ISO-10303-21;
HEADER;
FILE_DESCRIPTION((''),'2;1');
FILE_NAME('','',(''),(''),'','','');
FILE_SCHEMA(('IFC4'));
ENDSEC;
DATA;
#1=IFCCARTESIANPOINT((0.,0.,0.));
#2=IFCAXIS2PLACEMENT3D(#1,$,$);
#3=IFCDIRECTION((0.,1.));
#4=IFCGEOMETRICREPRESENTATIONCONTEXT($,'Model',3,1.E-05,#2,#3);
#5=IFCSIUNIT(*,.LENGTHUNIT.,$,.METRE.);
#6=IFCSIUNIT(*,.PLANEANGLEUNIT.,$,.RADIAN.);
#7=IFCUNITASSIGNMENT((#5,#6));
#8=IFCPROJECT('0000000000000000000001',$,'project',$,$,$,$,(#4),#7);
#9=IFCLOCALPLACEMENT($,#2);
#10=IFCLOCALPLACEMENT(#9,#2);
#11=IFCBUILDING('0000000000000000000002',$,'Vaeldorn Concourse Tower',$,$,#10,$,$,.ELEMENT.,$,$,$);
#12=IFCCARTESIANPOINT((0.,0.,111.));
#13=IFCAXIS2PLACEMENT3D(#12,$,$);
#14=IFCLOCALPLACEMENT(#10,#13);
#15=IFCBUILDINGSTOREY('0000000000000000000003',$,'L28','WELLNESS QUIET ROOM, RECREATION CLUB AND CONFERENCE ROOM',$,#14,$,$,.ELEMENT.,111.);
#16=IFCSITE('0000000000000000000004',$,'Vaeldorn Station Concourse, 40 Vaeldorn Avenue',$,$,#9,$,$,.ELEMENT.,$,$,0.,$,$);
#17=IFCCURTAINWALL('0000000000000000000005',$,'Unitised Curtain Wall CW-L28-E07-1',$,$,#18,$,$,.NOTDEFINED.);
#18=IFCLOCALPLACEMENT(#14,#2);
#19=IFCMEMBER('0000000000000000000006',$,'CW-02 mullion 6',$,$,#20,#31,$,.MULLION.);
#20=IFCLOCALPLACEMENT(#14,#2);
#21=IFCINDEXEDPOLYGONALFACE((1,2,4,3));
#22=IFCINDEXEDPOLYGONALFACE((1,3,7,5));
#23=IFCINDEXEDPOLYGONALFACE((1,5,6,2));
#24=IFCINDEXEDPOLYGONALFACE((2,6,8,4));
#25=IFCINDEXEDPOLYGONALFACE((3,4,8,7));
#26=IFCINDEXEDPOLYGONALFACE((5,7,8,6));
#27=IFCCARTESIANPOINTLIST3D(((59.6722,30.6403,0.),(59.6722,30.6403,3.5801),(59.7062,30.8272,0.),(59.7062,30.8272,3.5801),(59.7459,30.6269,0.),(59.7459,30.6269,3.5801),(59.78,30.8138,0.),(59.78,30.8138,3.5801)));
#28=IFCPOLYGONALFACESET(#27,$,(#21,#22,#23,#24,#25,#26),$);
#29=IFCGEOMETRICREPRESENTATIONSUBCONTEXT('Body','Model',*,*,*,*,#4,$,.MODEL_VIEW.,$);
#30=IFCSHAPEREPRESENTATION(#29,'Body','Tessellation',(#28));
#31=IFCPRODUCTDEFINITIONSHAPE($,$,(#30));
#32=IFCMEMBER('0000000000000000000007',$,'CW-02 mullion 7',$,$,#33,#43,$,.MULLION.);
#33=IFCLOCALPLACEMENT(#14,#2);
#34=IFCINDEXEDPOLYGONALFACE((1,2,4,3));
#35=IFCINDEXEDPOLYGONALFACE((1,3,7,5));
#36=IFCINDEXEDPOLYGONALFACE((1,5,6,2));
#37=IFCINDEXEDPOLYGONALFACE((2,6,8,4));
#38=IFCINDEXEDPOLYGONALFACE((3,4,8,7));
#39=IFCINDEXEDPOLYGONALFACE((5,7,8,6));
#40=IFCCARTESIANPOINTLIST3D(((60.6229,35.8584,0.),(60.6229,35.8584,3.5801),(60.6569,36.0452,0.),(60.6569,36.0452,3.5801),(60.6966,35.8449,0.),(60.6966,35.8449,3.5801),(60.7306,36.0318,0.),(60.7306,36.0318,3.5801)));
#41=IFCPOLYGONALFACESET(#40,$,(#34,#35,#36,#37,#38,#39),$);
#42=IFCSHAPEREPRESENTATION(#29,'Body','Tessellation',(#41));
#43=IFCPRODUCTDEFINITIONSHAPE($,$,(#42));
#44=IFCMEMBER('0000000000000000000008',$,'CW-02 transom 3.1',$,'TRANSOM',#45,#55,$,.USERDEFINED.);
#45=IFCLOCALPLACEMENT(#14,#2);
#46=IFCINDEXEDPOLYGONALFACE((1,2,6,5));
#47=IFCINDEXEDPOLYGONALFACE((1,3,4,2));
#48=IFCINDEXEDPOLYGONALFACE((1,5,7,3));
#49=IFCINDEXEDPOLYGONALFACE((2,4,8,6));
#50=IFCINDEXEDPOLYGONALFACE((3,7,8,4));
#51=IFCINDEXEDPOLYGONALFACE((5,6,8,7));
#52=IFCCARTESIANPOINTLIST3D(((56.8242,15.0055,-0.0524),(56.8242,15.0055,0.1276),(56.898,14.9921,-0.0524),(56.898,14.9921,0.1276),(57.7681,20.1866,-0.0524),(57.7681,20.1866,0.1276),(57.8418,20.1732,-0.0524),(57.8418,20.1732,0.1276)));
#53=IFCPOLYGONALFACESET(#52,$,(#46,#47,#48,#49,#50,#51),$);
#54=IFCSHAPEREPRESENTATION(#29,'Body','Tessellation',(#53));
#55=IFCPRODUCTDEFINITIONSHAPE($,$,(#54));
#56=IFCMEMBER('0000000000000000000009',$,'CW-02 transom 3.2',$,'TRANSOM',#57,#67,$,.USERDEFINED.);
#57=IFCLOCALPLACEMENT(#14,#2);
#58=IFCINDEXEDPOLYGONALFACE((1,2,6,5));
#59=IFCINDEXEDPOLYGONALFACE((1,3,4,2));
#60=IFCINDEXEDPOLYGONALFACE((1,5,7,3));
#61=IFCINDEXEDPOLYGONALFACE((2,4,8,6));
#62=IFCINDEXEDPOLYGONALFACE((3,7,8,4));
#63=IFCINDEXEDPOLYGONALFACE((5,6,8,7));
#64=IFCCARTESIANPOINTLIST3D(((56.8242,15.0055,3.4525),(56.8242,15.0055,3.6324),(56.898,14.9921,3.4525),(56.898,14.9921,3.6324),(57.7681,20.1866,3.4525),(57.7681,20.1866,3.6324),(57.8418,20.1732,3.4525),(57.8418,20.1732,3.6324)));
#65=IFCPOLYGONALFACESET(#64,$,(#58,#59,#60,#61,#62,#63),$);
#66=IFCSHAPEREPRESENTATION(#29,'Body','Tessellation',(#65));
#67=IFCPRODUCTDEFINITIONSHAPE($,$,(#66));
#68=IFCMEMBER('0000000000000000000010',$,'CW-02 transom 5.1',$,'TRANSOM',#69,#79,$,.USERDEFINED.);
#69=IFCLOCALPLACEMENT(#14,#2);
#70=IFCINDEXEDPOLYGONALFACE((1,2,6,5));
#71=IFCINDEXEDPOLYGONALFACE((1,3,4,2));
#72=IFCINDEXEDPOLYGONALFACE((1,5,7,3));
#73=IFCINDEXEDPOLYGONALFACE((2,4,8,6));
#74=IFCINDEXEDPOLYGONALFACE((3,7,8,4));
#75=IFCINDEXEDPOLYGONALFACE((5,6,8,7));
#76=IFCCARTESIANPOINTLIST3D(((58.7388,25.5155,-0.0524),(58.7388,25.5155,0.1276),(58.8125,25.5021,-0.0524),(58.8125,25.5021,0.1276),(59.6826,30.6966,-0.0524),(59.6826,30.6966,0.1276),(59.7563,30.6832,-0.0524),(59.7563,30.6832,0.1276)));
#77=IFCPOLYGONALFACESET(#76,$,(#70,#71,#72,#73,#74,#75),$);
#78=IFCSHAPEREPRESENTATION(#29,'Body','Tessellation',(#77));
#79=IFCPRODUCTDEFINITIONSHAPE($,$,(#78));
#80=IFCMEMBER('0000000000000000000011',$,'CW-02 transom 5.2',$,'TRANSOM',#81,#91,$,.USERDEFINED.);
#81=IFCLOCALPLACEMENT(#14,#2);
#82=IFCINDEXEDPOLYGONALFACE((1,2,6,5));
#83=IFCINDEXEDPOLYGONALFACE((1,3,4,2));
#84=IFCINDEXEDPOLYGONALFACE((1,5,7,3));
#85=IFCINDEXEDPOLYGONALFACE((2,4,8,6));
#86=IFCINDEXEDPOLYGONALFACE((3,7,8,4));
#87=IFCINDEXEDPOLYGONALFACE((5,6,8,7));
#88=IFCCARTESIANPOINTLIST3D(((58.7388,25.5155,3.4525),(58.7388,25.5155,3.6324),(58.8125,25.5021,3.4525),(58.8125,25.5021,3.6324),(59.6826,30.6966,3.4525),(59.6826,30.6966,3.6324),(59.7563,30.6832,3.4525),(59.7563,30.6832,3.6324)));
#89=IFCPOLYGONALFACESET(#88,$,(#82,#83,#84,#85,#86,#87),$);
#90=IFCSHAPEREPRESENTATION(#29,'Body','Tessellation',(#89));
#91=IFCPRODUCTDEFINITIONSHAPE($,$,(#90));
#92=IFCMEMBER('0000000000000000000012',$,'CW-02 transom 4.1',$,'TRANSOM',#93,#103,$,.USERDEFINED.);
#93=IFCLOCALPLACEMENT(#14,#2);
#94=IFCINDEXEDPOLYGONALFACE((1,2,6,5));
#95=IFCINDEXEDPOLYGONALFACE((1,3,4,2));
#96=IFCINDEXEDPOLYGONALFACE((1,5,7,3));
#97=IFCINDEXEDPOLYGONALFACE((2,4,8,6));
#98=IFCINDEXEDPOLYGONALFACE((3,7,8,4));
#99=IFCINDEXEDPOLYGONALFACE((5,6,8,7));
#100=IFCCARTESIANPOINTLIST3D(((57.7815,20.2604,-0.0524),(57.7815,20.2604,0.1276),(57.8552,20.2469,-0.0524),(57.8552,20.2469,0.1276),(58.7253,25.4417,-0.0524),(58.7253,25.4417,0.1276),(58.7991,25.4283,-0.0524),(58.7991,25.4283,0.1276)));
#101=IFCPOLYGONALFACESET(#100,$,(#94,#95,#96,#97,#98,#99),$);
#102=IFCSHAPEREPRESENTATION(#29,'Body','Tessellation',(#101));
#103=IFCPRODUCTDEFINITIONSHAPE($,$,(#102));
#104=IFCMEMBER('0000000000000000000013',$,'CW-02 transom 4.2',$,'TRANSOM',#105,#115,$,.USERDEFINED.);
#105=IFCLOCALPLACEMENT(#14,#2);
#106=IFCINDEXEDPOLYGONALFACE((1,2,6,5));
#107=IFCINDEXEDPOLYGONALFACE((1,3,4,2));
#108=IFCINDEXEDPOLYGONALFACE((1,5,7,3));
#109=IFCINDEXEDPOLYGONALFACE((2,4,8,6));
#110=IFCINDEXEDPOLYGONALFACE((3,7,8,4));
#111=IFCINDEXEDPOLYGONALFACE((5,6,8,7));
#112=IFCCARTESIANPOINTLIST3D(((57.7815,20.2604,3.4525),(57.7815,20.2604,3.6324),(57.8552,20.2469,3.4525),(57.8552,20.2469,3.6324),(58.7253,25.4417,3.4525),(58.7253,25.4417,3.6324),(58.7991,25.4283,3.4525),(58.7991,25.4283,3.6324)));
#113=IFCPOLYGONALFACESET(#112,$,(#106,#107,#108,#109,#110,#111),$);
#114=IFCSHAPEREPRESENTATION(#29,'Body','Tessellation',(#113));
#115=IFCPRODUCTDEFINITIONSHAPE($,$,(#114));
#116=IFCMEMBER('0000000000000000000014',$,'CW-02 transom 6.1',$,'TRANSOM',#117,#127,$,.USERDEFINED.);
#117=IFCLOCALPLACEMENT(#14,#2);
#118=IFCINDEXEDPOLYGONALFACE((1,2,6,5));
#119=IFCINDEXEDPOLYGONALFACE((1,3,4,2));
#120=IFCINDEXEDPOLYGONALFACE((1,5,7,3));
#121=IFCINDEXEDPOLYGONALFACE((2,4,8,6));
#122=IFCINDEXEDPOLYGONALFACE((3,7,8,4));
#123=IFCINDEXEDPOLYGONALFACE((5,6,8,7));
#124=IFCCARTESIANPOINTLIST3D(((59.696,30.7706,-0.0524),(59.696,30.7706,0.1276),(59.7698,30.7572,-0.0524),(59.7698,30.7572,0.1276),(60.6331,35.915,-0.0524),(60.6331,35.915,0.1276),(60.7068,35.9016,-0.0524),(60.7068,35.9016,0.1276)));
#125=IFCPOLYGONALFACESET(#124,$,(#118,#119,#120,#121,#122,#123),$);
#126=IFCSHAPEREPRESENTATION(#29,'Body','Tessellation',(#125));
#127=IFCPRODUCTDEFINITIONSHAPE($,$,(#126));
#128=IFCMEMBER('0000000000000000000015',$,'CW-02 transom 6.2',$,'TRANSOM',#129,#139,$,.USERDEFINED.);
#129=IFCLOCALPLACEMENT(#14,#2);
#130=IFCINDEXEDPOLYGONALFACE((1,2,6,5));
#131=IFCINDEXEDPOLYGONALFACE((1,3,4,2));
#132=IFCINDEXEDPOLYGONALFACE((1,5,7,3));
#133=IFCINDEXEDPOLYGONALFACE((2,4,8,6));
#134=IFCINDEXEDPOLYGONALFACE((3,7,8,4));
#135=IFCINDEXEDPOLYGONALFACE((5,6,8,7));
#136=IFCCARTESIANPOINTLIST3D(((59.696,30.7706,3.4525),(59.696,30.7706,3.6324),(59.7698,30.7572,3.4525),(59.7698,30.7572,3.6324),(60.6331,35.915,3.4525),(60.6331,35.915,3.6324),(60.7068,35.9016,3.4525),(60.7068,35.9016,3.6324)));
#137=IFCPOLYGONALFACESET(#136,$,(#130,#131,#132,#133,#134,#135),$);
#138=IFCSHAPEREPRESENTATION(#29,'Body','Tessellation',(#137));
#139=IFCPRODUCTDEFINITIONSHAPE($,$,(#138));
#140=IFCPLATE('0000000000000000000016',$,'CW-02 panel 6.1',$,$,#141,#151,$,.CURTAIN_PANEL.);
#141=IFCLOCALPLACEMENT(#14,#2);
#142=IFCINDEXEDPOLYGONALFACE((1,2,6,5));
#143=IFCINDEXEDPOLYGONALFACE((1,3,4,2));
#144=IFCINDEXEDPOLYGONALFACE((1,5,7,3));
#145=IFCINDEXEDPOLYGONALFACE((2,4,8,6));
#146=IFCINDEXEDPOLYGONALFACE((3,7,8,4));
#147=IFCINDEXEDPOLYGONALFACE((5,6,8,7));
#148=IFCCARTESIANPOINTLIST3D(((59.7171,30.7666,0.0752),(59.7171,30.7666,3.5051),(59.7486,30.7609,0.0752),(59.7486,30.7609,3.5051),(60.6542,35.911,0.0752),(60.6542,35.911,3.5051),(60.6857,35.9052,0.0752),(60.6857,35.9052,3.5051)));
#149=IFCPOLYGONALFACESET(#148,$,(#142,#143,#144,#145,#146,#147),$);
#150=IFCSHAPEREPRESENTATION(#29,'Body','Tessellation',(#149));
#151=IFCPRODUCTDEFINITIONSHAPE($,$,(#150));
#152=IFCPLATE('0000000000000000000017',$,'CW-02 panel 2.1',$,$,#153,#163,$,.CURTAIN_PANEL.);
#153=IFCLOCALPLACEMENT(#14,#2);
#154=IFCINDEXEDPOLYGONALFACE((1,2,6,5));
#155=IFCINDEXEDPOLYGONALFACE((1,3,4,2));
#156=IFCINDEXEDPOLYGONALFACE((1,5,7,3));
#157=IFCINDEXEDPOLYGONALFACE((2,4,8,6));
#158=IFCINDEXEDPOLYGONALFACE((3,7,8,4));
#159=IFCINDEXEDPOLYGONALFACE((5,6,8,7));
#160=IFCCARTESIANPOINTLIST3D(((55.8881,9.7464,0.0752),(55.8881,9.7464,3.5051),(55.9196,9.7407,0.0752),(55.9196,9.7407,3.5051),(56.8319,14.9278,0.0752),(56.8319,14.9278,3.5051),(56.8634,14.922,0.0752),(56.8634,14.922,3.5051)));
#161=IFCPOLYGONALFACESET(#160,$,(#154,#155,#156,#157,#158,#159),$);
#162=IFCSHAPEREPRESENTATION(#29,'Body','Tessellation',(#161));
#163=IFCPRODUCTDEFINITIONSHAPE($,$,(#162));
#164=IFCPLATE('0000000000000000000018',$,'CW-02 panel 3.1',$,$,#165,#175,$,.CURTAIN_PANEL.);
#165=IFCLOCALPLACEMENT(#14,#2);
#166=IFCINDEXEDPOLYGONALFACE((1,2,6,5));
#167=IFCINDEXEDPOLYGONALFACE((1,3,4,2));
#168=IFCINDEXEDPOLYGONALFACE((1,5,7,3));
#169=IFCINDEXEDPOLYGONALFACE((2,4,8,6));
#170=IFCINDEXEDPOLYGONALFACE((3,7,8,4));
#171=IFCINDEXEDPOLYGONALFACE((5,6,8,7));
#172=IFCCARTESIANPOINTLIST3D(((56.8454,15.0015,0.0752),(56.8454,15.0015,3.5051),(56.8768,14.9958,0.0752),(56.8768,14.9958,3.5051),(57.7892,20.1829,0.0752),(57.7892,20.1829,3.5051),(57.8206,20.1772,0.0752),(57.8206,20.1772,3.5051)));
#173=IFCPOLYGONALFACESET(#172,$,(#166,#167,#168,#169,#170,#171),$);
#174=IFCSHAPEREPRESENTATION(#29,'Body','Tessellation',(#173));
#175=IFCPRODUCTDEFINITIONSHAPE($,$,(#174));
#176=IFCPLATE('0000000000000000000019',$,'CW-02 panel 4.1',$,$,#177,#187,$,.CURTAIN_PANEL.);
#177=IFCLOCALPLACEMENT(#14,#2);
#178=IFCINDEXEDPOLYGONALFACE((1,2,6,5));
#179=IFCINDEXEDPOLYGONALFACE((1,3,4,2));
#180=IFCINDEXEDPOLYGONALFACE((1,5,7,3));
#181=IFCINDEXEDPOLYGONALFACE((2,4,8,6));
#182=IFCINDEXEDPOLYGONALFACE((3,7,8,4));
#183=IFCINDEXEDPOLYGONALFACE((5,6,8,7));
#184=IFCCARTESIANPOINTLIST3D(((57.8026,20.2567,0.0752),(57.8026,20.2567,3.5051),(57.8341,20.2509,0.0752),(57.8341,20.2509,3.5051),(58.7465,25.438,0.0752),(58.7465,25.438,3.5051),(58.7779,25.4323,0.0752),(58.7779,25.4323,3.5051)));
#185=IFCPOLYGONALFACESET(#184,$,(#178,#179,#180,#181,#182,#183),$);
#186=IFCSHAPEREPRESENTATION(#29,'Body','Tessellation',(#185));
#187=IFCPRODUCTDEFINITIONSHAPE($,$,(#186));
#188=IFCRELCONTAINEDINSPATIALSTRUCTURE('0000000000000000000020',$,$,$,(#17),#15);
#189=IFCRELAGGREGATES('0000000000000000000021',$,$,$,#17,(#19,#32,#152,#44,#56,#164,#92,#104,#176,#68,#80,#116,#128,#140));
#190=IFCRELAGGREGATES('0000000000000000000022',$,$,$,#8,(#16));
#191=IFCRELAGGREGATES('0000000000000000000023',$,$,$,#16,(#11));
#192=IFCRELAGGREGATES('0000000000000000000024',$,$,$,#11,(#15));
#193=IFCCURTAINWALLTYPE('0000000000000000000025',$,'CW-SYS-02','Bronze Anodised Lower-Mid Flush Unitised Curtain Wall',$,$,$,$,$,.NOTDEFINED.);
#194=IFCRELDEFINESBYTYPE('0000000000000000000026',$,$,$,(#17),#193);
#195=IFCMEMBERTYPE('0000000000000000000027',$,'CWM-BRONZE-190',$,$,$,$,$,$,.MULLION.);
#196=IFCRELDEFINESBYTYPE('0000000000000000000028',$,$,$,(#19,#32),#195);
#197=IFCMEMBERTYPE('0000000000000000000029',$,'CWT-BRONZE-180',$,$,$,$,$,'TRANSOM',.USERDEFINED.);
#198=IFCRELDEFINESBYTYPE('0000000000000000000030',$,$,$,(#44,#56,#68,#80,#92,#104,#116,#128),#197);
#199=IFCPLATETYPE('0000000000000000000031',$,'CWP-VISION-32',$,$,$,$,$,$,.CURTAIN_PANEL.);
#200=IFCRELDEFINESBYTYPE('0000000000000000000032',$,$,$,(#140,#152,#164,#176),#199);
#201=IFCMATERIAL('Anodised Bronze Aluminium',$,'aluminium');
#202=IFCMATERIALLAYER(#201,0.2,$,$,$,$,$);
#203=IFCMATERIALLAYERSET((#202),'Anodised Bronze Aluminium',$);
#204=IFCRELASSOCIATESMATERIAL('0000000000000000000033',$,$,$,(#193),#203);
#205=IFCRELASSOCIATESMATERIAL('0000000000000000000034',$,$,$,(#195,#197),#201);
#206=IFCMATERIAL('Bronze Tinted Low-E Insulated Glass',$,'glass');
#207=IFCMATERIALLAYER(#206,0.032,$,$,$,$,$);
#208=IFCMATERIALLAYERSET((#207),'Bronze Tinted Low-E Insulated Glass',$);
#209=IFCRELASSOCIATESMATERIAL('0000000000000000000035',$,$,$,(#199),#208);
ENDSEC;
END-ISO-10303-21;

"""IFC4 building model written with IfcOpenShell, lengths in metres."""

from ifc_helpers import new_model, si_unit, direction, frame, origin, origin_2d, place, context, subcontext, project, spatial, rectangle, extrude, source, transform, mapped, material, layer, layer_set, material_profile, profile_set, type_object, element, aggregate, save


model = new_model("IFC4")

# Units and contexts
model_context = context("Model", 3, precision=1e-05, world=origin(), true_north=direction((0.0, 1.0)))
body_context = subcontext(model_context, "Body", "Model", "MODEL_VIEW")
ifc_project = project(units=[si_unit("LENGTHUNIT", "METRE"), si_unit("PLANEANGLEUNIT", "RADIAN")], contexts=[model_context])

# Site, building, storey
site_placement = place(None, origin())
site = spatial("IfcSite", under=ifc_project, at=site_placement, Name="Vaeldorn Station Concourse, 40 Vaeldorn Avenue", CompositionType="ELEMENT", RefElevation=0.0)
building_placement = place(site_placement, origin())
building = spatial("IfcBuilding", under=site, at=building_placement, Name="Vaeldorn Concourse Tower", CompositionType="ELEMENT")
storey_placement = place(building_placement, frame((0.0, 0.0, 111.0)))
storey = spatial("IfcBuildingStorey", under=building, at=storey_placement, Name="L28", Description="WELLNESS QUIET ROOM, RECREATION CLUB AND CONFERENCE ROOM", CompositionType="ELEMENT", Elevation=111.0)

# Curtain wall, members, plates
ifc_material_1 = material(Name="Anodised Bronze Aluminium", Category="aluminium")
ifc_layer_1 = layer(ifc_material_1, 0.2)
ifc_layer_set_1 = layer_set([ifc_layer_1], Name="Anodised Bronze Aluminium")
curtain_wall_type = type_object("IfcCurtainWallType", Name="CW-SYS-02", Description="Bronze Anodised Lower-Mid Flush Unitised Curtain Wall", PredefinedType="NOTDEFINED", material=ifc_layer_set_1)
curtain_wall_placement = place(storey_placement, origin())
curtain_wall = element("IfcCurtainWall", 1, at=curtain_wall_placement, inside=storey, type_object=curtain_wall_type, Name="Unitised Curtain Wall CW-L28-E07-1", PredefinedType="NOTDEFINED")
ifc_material_profile_1 = material_profile(ifc_material_1, rectangle(XDim=0.075, YDim=0.1899, at=origin_2d()), Name="CWM 75x190")
ifc_profile_set_1 = profile_set([ifc_material_profile_1], Name="Anodised Bronze Aluminium")
member_type_1 = type_object("IfcMemberType", Name="CWM-BRONZE-190", PredefinedType="MULLION", material=ifc_profile_set_1)
shared_shape_1 = source(origin(), body_context, "Body", "SweptSolid", [
    extrude(rectangle(XDim=0.075, YDim=0.1899, at=origin_2d()), origin(), (0.0, 0.0, 1.0), 3.5801),
])
member_1_placement = place(storey_placement, frame((59.7261, 30.7271, 0.0), z_axis=(0.0, 0.0, 1.0), x_axis=(-0.983812, 0.179206, 0.0)))
member_1 = element("IfcMember", 2, at=member_1_placement, type_object=member_type_1, Name="CW-02 mullion 6", PredefinedType="MULLION", context=body_context, shape_type="MappedRepresentation", body=[
    mapped(shared_shape_1, transform((0.0, 0.0, 0.0), scale=1.0)),
])
member_2_placement = place(storey_placement, frame((60.6768, 35.9451, 0.0), z_axis=(0.0, 0.0, 1.0), x_axis=(-0.983812, 0.179206, 0.0)))
member_2 = element("IfcMember", 3, at=member_2_placement, type_object=member_type_1, Name="CW-02 mullion 7", PredefinedType="MULLION", context=body_context, shape_type="MappedRepresentation", body=[
    mapped(shared_shape_1, transform((0.0, 0.0, 0.0), scale=1.0)),
])
ifc_material_profile_2 = material_profile(ifc_material_1, rectangle(XDim=0.075, YDim=0.1799, at=origin_2d()), Name="CWT 75x180")
ifc_profile_set_2 = profile_set([ifc_material_profile_2], Name="Anodised Bronze Aluminium")
member_type_2 = type_object("IfcMemberType", Name="CWT-BRONZE-180", ElementType="TRANSOM", PredefinedType="USERDEFINED", material=ifc_profile_set_2)
shared_shape_2 = source(origin(), body_context, "Body", "SweptSolid", [
    extrude(rectangle(XDim=0.075, YDim=0.1799, at=origin_2d()), origin(), (0.0, 0.0, 1.0), 5.2664),
])
member_3_placement = place(storey_placement, frame((56.8611, 14.9988, 0.0376), z_axis=(0.17922, 0.983809, 0.0), x_axis=(-0.983809, 0.17922, 0.0)))
member_3 = element("IfcMember", 4, at=member_3_placement, type_object=member_type_2, Name="CW-02 transom 3.1", ObjectType="TRANSOM", PredefinedType="USERDEFINED", context=body_context, shape_type="MappedRepresentation", body=[
    mapped(shared_shape_2, transform((0.0, 0.0, 0.0), scale=1.0)),
])
member_4_placement = place(storey_placement, frame((56.8611, 14.9988, 3.5425), z_axis=(0.17922, 0.983809, 0.0), x_axis=(-0.983809, 0.17922, 0.0)))
member_4 = element("IfcMember", 5, at=member_4_placement, type_object=member_type_2, Name="CW-02 transom 3.2", ObjectType="TRANSOM", PredefinedType="USERDEFINED", context=body_context, shape_type="MappedRepresentation", body=[
    mapped(shared_shape_2, transform((0.0, 0.0, 0.0), scale=1.0)),
])
member_5_placement = place(storey_placement, frame((58.7756, 25.5088, 0.0376), z_axis=(0.17922, 0.983809, 0.0), x_axis=(-0.983809, 0.17922, 0.0)))
member_5 = element("IfcMember", 6, at=member_5_placement, type_object=member_type_2, Name="CW-02 transom 5.1", ObjectType="TRANSOM", PredefinedType="USERDEFINED", context=body_context, shape_type="MappedRepresentation", body=[
    mapped(shared_shape_2, transform((0.0, 0.0, 0.0), scale=1.0)),
])
member_6_placement = place(storey_placement, frame((58.7756, 25.5088, 3.5425), z_axis=(0.17922, 0.983809, 0.0), x_axis=(-0.983809, 0.17922, 0.0)))
member_6 = element("IfcMember", 7, at=member_6_placement, type_object=member_type_2, Name="CW-02 transom 5.2", ObjectType="TRANSOM", PredefinedType="USERDEFINED", context=body_context, shape_type="MappedRepresentation", body=[
    mapped(shared_shape_2, transform((0.0, 0.0, 0.0), scale=1.0)),
])
shared_shape_3 = source(origin(), body_context, "Body", "SweptSolid", [
    extrude(rectangle(XDim=0.075, YDim=0.1799, at=origin_2d()), origin(), (0.0, 0.0, 1.0), 5.2666),
])
member_7_placement = place(storey_placement, frame((57.8184, 20.2537, 0.0376), z_axis=(0.179212, 0.983811, 0.0), x_axis=(-0.983811, 0.179212, 0.0)))
member_7 = element("IfcMember", 8, at=member_7_placement, type_object=member_type_2, Name="CW-02 transom 4.1", ObjectType="TRANSOM", PredefinedType="USERDEFINED", context=body_context, shape_type="MappedRepresentation", body=[
    mapped(shared_shape_3, transform((0.0, 0.0, 0.0), scale=1.0)),
])
member_8_placement = place(storey_placement, frame((57.8184, 20.2537, 3.5425), z_axis=(0.179212, 0.983811, 0.0), x_axis=(-0.983811, 0.179212, 0.0)))
member_8 = element("IfcMember", 9, at=member_8_placement, type_object=member_type_2, Name="CW-02 transom 4.2", ObjectType="TRANSOM", PredefinedType="USERDEFINED", context=body_context, shape_type="MappedRepresentation", body=[
    mapped(shared_shape_3, transform((0.0, 0.0, 0.0), scale=1.0)),
])
shared_shape_4 = source(origin(), body_context, "Body", "SweptSolid", [
    extrude(rectangle(XDim=0.075, YDim=0.1799, at=origin_2d()), origin(), (0.0, 0.0, 1.0), 5.229),
])
member_9_placement = place(storey_placement, frame((59.7329, 30.7639, 0.0376), z_axis=(0.179198, 0.983813, 0.0), x_axis=(-0.983813, 0.179198, 0.0)))
member_9 = element("IfcMember", 10, at=member_9_placement, type_object=member_type_2, Name="CW-02 transom 6.1", ObjectType="TRANSOM", PredefinedType="USERDEFINED", context=body_context, shape_type="MappedRepresentation", body=[
    mapped(shared_shape_4, transform((0.0, 0.0, 0.0), scale=1.0)),
])
member_10_placement = place(storey_placement, frame((59.7329, 30.7639, 3.5425), z_axis=(0.179198, 0.983813, 0.0), x_axis=(-0.983813, 0.179198, 0.0)))
member_10 = element("IfcMember", 11, at=member_10_placement, type_object=member_type_2, Name="CW-02 transom 6.2", ObjectType="TRANSOM", PredefinedType="USERDEFINED", context=body_context, shape_type="MappedRepresentation", body=[
    mapped(shared_shape_4, transform((0.0, 0.0, 0.0), scale=1.0)),
])
ifc_material_2 = material(Name="Bronze Tinted Low-E Insulated Glass", Category="glass")
ifc_layer_2 = layer(ifc_material_2, 0.032)
ifc_layer_set_2 = layer_set([ifc_layer_2], Name="Bronze Tinted Low-E Insulated Glass")
plate_type = type_object("IfcPlateType", Name="CWP-VISION-32", PredefinedType="CURTAIN_PANEL", material=ifc_layer_set_2)
shared_shape_5 = source(origin(), body_context, "Body", "SweptSolid", [
    extrude(rectangle(XDim=5.229, YDim=0.032, at=origin_2d()), origin(), (0.0, 0.0, 1.0), 3.4299),
])
plate_1_placement = place(storey_placement, frame((60.2014, 33.3359, 0.0752), z_axis=(0.0, 0.0, 1.0), x_axis=(0.179206, 0.983812, 0.0)))
plate_1 = element("IfcPlate", 12, at=plate_1_placement, type_object=plate_type, Name="CW-02 panel 6.1", PredefinedType="CURTAIN_PANEL", context=body_context, shape_type="MappedRepresentation", body=[
    mapped(shared_shape_5, transform((0.0, 0.0, 0.0), scale=1.0)),
])
shared_shape_6 = source(origin(), body_context, "Body", "SweptSolid", [
    extrude(rectangle(XDim=5.2666, YDim=0.032, at=origin_2d()), origin(), (0.0, 0.0, 1.0), 3.4299),
])
plate_2_placement = place(storey_placement, frame((56.3757, 12.3342, 0.0752), z_axis=(0.0, 0.0, 1.0), x_axis=(0.179206, 0.983812, 0.0)))
plate_2 = element("IfcPlate", 13, at=plate_2_placement, type_object=plate_type, Name="CW-02 panel 2.1", PredefinedType="CURTAIN_PANEL", context=body_context, shape_type="MappedRepresentation", body=[
    mapped(shared_shape_6, transform((0.0, 0.0, 0.0), scale=1.0)),
])
plate_3_placement = place(storey_placement, frame((57.333, 17.5894, 0.0752), z_axis=(0.0, 0.0, 1.0), x_axis=(0.179206, 0.983812, 0.0)))
plate_3 = element("IfcPlate", 14, at=plate_3_placement, type_object=plate_type, Name="CW-02 panel 3.1", PredefinedType="CURTAIN_PANEL", context=body_context, shape_type="MappedRepresentation", body=[
    mapped(shared_shape_6, transform((0.0, 0.0, 0.0), scale=1.0)),
])
plate_4_placement = place(storey_placement, frame((58.2903, 22.8445, 0.0752), z_axis=(0.0, 0.0, 1.0), x_axis=(0.179206, 0.983812, 0.0)))
plate_4 = element("IfcPlate", 15, at=plate_4_placement, type_object=plate_type, Name="CW-02 panel 4.1", PredefinedType="CURTAIN_PANEL", context=body_context, shape_type="MappedRepresentation", body=[
    mapped(shared_shape_6, transform((0.0, 0.0, 0.0), scale=1.0)),
])
aggregate(curtain_wall, [member_1, member_2, plate_2, member_3, member_4, plate_3, member_7, member_8, plate_4, member_5, member_6, member_9, member_10, plate_1])

save(model, "model.ifc")
